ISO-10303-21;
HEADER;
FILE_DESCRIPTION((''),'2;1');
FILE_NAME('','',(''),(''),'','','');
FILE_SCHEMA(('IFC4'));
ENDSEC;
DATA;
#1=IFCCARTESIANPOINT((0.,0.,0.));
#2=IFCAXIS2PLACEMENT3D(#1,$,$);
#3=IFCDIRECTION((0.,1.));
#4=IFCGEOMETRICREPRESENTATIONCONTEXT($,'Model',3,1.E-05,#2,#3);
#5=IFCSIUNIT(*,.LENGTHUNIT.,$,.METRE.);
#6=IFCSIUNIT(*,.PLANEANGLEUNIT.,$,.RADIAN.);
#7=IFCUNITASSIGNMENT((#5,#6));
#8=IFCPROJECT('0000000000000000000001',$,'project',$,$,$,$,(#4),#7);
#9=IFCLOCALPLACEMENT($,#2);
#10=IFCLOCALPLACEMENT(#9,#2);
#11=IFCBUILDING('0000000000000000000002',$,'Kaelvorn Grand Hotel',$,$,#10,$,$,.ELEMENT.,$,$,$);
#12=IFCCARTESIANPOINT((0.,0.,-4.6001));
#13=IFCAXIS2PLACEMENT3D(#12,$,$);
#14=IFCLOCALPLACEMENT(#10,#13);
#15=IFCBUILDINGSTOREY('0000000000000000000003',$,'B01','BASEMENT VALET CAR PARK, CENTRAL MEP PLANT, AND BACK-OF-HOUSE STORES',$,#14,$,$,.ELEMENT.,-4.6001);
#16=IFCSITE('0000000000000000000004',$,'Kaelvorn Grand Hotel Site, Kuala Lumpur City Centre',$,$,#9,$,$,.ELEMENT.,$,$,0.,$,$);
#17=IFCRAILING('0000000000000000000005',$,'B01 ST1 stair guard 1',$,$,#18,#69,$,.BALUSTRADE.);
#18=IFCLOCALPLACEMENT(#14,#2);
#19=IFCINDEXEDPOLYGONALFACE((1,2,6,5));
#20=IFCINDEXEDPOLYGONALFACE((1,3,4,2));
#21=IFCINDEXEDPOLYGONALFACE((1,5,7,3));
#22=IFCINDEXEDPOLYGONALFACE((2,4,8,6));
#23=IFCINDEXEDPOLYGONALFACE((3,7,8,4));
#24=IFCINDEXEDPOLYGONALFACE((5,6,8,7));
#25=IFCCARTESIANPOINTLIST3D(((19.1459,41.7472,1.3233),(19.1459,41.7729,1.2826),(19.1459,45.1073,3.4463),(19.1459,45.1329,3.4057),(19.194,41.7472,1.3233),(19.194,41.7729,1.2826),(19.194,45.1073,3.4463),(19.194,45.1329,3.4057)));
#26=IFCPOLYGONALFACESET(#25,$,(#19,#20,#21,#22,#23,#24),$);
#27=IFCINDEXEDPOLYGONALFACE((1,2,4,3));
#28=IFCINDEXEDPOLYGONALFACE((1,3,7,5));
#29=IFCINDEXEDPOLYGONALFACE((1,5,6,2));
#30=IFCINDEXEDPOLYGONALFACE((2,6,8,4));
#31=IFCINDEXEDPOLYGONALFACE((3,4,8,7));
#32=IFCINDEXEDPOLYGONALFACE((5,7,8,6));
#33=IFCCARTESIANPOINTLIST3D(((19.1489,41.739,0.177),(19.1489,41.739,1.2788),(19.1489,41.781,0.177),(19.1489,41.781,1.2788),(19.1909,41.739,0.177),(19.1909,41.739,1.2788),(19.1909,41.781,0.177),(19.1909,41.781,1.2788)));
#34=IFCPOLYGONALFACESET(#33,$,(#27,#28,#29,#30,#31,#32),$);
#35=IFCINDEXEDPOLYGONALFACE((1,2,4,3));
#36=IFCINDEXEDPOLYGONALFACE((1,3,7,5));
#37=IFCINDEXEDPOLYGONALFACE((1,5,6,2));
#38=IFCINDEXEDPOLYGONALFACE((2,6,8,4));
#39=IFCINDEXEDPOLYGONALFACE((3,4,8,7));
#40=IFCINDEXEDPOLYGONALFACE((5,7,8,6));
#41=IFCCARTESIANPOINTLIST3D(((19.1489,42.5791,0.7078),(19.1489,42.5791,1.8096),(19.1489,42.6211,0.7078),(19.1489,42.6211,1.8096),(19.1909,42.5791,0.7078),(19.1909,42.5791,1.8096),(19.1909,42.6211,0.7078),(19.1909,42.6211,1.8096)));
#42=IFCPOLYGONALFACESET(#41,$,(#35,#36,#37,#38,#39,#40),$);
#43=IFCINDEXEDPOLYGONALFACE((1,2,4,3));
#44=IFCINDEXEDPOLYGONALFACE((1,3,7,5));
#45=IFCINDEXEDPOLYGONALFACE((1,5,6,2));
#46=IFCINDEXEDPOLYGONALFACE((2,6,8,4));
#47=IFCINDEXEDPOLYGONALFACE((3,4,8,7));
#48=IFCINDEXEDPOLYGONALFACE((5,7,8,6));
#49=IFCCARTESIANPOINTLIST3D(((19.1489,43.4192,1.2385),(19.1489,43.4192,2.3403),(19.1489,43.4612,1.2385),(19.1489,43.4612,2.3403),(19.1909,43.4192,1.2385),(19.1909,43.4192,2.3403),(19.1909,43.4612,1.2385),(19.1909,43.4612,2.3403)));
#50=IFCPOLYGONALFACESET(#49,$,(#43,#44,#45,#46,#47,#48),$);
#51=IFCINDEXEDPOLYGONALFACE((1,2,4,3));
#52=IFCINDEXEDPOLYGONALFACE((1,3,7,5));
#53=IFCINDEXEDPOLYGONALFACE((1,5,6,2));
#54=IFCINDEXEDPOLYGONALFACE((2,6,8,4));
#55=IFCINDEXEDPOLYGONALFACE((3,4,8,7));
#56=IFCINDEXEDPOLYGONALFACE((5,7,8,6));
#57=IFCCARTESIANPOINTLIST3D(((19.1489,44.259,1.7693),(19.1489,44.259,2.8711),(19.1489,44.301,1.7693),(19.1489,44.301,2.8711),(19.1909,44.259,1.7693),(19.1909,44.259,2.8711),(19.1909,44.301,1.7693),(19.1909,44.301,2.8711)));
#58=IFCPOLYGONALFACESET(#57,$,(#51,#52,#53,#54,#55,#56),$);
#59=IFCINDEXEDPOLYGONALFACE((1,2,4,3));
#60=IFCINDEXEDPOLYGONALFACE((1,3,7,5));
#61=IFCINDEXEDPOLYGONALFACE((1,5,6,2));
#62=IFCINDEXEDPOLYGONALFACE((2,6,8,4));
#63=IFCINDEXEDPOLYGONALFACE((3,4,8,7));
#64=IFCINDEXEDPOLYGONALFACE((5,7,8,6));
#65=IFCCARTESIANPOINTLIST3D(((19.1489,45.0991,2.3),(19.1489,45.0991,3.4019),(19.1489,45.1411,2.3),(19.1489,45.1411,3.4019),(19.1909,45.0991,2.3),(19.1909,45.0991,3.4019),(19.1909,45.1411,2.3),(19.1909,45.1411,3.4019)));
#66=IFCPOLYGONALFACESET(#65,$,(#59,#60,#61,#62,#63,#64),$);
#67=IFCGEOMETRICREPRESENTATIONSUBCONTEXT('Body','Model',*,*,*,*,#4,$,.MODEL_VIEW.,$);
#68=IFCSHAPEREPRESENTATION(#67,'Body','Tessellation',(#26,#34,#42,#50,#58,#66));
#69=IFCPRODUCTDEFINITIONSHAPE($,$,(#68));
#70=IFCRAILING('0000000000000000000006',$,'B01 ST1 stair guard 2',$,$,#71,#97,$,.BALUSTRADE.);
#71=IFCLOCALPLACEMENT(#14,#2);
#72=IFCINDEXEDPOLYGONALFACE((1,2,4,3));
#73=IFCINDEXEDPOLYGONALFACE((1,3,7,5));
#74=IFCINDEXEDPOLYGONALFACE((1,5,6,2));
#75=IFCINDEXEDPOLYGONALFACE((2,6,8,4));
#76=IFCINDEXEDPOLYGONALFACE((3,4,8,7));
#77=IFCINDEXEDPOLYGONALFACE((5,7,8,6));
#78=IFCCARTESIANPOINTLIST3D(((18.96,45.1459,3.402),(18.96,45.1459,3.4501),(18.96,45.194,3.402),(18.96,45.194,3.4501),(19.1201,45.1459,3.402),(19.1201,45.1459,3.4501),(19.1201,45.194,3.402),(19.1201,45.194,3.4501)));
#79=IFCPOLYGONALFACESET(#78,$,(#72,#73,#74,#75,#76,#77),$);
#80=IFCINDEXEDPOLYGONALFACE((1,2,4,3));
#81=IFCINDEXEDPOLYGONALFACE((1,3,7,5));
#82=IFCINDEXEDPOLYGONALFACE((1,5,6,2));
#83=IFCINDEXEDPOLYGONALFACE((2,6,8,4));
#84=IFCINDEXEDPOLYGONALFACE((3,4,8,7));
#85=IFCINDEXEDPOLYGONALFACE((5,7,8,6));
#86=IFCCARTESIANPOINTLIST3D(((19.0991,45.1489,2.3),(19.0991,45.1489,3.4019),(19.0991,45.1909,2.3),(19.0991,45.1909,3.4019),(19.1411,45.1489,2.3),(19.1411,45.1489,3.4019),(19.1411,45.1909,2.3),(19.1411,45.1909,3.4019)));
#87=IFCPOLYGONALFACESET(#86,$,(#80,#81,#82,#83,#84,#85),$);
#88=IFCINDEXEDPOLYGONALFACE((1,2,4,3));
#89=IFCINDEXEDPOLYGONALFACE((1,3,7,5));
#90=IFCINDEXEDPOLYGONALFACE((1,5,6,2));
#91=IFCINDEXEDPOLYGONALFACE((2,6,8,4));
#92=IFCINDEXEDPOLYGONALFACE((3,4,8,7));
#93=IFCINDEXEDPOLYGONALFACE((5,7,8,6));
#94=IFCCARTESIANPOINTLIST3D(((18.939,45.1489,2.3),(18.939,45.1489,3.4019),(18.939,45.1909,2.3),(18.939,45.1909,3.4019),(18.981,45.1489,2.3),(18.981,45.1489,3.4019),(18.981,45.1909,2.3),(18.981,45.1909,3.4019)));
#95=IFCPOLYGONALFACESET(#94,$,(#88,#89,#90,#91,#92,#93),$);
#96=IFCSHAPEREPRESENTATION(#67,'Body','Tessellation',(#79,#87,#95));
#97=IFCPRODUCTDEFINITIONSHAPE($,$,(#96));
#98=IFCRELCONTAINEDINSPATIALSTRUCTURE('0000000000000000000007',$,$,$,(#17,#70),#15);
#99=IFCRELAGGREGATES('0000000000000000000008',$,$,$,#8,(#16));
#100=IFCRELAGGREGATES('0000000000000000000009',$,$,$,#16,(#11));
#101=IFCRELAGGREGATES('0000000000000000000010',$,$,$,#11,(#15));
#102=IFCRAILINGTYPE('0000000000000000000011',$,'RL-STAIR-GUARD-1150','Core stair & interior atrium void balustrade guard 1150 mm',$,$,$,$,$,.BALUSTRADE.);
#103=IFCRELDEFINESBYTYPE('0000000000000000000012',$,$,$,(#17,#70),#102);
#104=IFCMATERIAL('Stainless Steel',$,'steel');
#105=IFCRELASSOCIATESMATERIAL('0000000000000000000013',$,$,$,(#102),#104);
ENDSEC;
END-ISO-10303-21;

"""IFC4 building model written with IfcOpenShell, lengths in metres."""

from ifc_helpers import new_model, si_unit, direction, frame, origin, origin_2d, place, context, subcontext, project, spatial, rectangle, extrude, material, type_object, element, save


model = new_model("IFC4")

# Units and contexts
model_context = context("Model", 3, precision=1e-05, world=origin(), true_north=direction((0.0, 1.0)))
body_context = subcontext(model_context, "Body", "Model", "MODEL_VIEW")
ifc_project = project(units=[si_unit("LENGTHUNIT", "METRE"), si_unit("PLANEANGLEUNIT", "RADIAN")], contexts=[model_context])

# Site, building, storey
site_placement = place(None, origin())
site = spatial("IfcSite", under=ifc_project, at=site_placement, Name="Kaelvorn Grand Hotel Site, Kuala Lumpur City Centre", CompositionType="ELEMENT", RefElevation=0.0)
building_placement = place(site_placement, origin())
building = spatial("IfcBuilding", under=site, at=building_placement, Name="Kaelvorn Grand Hotel", CompositionType="ELEMENT")
storey_placement = place(building_placement, frame((0.0, 0.0, -4.6001)))
storey = spatial("IfcBuildingStorey", under=building, at=storey_placement, Name="B01", Description="BASEMENT VALET CAR PARK, CENTRAL MEP PLANT, AND BACK-OF-HOUSE STORES", CompositionType="ELEMENT", Elevation=-4.6001)

# Shared definitions
ifc_material_1 = material(Name="Stainless Steel", Category="steel")

# Railings
railing_type_1 = type_object("IfcRailingType", Name="RL-STAIR-GUARD-1150", Description="Core stair & interior atrium void balustrade guard 1150 mm", PredefinedType="BALUSTRADE", material=ifc_material_1)
railing_1_placement = place(storey_placement, frame((19.1699, 41.76, 0.177)))
element("IfcRailing", 1, at=railing_1_placement, inside=storey, type_object=railing_type_1, Name="B01 ST1 stair guard 1", PredefinedType="BALUSTRADE", context=body_context, shape_type="SweptSolid", body=[
    extrude(rectangle(XDim=0.0481, YDim=0.0481, at=origin_2d()), frame((0.0, 0.0, 1.126), z_axis=(0.0, 0.84539, 0.53415), x_axis=(-1.0, 0.0, 0.0)), (0.0, 0.0, 1.0), 3.9746),
    extrude(rectangle(XDim=0.042, YDim=0.042, at=origin_2d()), origin(), (0.0, 0.0, 1.0), 1.1018),
    extrude(rectangle(XDim=0.042, YDim=0.042, at=origin_2d()), frame((0.0, 0.8401, 0.5308)), (0.0, 0.0, 1.0), 1.1018),
    extrude(rectangle(XDim=0.042, YDim=0.042, at=origin_2d()), frame((0.0, 1.6802, 1.0615)), (0.0, 0.0, 1.0), 1.1018),
    extrude(rectangle(XDim=0.042, YDim=0.042, at=origin_2d()), frame((0.0, 2.52, 1.5923)), (0.0, 0.0, 1.0), 1.1018),
    extrude(rectangle(XDim=0.042, YDim=0.042, at=origin_2d()), frame((0.0, 3.3601, 2.123)), (0.0, 0.0, 1.0), 1.1018),
])
railing_2_placement = place(storey_placement, frame((19.1201, 45.1699, 2.3)))
element("IfcRailing", 2, at=railing_2_placement, inside=storey, type_object=railing_type_1, Name="B01 ST1 stair guard 2", PredefinedType="BALUSTRADE", context=body_context, shape_type="SweptSolid", body=[
    extrude(rectangle(XDim=0.0481, YDim=0.0481, at=origin_2d()), frame((0.0, 0.0, 1.126), z_axis=(-1.0, 0.0, 0.0), x_axis=(0.0, -1.0, 0.0)), (0.0, 0.0, 1.0), 0.1602),
    extrude(rectangle(XDim=0.042, YDim=0.042, at=origin_2d()), origin(), (0.0, 0.0, 1.0), 1.1018),
    extrude(rectangle(XDim=0.042, YDim=0.042, at=origin_2d()), frame((-0.1602, 0.0, 0.0)), (0.0, 0.0, 1.0), 1.1018),
])

save(model, "model.ifc")
